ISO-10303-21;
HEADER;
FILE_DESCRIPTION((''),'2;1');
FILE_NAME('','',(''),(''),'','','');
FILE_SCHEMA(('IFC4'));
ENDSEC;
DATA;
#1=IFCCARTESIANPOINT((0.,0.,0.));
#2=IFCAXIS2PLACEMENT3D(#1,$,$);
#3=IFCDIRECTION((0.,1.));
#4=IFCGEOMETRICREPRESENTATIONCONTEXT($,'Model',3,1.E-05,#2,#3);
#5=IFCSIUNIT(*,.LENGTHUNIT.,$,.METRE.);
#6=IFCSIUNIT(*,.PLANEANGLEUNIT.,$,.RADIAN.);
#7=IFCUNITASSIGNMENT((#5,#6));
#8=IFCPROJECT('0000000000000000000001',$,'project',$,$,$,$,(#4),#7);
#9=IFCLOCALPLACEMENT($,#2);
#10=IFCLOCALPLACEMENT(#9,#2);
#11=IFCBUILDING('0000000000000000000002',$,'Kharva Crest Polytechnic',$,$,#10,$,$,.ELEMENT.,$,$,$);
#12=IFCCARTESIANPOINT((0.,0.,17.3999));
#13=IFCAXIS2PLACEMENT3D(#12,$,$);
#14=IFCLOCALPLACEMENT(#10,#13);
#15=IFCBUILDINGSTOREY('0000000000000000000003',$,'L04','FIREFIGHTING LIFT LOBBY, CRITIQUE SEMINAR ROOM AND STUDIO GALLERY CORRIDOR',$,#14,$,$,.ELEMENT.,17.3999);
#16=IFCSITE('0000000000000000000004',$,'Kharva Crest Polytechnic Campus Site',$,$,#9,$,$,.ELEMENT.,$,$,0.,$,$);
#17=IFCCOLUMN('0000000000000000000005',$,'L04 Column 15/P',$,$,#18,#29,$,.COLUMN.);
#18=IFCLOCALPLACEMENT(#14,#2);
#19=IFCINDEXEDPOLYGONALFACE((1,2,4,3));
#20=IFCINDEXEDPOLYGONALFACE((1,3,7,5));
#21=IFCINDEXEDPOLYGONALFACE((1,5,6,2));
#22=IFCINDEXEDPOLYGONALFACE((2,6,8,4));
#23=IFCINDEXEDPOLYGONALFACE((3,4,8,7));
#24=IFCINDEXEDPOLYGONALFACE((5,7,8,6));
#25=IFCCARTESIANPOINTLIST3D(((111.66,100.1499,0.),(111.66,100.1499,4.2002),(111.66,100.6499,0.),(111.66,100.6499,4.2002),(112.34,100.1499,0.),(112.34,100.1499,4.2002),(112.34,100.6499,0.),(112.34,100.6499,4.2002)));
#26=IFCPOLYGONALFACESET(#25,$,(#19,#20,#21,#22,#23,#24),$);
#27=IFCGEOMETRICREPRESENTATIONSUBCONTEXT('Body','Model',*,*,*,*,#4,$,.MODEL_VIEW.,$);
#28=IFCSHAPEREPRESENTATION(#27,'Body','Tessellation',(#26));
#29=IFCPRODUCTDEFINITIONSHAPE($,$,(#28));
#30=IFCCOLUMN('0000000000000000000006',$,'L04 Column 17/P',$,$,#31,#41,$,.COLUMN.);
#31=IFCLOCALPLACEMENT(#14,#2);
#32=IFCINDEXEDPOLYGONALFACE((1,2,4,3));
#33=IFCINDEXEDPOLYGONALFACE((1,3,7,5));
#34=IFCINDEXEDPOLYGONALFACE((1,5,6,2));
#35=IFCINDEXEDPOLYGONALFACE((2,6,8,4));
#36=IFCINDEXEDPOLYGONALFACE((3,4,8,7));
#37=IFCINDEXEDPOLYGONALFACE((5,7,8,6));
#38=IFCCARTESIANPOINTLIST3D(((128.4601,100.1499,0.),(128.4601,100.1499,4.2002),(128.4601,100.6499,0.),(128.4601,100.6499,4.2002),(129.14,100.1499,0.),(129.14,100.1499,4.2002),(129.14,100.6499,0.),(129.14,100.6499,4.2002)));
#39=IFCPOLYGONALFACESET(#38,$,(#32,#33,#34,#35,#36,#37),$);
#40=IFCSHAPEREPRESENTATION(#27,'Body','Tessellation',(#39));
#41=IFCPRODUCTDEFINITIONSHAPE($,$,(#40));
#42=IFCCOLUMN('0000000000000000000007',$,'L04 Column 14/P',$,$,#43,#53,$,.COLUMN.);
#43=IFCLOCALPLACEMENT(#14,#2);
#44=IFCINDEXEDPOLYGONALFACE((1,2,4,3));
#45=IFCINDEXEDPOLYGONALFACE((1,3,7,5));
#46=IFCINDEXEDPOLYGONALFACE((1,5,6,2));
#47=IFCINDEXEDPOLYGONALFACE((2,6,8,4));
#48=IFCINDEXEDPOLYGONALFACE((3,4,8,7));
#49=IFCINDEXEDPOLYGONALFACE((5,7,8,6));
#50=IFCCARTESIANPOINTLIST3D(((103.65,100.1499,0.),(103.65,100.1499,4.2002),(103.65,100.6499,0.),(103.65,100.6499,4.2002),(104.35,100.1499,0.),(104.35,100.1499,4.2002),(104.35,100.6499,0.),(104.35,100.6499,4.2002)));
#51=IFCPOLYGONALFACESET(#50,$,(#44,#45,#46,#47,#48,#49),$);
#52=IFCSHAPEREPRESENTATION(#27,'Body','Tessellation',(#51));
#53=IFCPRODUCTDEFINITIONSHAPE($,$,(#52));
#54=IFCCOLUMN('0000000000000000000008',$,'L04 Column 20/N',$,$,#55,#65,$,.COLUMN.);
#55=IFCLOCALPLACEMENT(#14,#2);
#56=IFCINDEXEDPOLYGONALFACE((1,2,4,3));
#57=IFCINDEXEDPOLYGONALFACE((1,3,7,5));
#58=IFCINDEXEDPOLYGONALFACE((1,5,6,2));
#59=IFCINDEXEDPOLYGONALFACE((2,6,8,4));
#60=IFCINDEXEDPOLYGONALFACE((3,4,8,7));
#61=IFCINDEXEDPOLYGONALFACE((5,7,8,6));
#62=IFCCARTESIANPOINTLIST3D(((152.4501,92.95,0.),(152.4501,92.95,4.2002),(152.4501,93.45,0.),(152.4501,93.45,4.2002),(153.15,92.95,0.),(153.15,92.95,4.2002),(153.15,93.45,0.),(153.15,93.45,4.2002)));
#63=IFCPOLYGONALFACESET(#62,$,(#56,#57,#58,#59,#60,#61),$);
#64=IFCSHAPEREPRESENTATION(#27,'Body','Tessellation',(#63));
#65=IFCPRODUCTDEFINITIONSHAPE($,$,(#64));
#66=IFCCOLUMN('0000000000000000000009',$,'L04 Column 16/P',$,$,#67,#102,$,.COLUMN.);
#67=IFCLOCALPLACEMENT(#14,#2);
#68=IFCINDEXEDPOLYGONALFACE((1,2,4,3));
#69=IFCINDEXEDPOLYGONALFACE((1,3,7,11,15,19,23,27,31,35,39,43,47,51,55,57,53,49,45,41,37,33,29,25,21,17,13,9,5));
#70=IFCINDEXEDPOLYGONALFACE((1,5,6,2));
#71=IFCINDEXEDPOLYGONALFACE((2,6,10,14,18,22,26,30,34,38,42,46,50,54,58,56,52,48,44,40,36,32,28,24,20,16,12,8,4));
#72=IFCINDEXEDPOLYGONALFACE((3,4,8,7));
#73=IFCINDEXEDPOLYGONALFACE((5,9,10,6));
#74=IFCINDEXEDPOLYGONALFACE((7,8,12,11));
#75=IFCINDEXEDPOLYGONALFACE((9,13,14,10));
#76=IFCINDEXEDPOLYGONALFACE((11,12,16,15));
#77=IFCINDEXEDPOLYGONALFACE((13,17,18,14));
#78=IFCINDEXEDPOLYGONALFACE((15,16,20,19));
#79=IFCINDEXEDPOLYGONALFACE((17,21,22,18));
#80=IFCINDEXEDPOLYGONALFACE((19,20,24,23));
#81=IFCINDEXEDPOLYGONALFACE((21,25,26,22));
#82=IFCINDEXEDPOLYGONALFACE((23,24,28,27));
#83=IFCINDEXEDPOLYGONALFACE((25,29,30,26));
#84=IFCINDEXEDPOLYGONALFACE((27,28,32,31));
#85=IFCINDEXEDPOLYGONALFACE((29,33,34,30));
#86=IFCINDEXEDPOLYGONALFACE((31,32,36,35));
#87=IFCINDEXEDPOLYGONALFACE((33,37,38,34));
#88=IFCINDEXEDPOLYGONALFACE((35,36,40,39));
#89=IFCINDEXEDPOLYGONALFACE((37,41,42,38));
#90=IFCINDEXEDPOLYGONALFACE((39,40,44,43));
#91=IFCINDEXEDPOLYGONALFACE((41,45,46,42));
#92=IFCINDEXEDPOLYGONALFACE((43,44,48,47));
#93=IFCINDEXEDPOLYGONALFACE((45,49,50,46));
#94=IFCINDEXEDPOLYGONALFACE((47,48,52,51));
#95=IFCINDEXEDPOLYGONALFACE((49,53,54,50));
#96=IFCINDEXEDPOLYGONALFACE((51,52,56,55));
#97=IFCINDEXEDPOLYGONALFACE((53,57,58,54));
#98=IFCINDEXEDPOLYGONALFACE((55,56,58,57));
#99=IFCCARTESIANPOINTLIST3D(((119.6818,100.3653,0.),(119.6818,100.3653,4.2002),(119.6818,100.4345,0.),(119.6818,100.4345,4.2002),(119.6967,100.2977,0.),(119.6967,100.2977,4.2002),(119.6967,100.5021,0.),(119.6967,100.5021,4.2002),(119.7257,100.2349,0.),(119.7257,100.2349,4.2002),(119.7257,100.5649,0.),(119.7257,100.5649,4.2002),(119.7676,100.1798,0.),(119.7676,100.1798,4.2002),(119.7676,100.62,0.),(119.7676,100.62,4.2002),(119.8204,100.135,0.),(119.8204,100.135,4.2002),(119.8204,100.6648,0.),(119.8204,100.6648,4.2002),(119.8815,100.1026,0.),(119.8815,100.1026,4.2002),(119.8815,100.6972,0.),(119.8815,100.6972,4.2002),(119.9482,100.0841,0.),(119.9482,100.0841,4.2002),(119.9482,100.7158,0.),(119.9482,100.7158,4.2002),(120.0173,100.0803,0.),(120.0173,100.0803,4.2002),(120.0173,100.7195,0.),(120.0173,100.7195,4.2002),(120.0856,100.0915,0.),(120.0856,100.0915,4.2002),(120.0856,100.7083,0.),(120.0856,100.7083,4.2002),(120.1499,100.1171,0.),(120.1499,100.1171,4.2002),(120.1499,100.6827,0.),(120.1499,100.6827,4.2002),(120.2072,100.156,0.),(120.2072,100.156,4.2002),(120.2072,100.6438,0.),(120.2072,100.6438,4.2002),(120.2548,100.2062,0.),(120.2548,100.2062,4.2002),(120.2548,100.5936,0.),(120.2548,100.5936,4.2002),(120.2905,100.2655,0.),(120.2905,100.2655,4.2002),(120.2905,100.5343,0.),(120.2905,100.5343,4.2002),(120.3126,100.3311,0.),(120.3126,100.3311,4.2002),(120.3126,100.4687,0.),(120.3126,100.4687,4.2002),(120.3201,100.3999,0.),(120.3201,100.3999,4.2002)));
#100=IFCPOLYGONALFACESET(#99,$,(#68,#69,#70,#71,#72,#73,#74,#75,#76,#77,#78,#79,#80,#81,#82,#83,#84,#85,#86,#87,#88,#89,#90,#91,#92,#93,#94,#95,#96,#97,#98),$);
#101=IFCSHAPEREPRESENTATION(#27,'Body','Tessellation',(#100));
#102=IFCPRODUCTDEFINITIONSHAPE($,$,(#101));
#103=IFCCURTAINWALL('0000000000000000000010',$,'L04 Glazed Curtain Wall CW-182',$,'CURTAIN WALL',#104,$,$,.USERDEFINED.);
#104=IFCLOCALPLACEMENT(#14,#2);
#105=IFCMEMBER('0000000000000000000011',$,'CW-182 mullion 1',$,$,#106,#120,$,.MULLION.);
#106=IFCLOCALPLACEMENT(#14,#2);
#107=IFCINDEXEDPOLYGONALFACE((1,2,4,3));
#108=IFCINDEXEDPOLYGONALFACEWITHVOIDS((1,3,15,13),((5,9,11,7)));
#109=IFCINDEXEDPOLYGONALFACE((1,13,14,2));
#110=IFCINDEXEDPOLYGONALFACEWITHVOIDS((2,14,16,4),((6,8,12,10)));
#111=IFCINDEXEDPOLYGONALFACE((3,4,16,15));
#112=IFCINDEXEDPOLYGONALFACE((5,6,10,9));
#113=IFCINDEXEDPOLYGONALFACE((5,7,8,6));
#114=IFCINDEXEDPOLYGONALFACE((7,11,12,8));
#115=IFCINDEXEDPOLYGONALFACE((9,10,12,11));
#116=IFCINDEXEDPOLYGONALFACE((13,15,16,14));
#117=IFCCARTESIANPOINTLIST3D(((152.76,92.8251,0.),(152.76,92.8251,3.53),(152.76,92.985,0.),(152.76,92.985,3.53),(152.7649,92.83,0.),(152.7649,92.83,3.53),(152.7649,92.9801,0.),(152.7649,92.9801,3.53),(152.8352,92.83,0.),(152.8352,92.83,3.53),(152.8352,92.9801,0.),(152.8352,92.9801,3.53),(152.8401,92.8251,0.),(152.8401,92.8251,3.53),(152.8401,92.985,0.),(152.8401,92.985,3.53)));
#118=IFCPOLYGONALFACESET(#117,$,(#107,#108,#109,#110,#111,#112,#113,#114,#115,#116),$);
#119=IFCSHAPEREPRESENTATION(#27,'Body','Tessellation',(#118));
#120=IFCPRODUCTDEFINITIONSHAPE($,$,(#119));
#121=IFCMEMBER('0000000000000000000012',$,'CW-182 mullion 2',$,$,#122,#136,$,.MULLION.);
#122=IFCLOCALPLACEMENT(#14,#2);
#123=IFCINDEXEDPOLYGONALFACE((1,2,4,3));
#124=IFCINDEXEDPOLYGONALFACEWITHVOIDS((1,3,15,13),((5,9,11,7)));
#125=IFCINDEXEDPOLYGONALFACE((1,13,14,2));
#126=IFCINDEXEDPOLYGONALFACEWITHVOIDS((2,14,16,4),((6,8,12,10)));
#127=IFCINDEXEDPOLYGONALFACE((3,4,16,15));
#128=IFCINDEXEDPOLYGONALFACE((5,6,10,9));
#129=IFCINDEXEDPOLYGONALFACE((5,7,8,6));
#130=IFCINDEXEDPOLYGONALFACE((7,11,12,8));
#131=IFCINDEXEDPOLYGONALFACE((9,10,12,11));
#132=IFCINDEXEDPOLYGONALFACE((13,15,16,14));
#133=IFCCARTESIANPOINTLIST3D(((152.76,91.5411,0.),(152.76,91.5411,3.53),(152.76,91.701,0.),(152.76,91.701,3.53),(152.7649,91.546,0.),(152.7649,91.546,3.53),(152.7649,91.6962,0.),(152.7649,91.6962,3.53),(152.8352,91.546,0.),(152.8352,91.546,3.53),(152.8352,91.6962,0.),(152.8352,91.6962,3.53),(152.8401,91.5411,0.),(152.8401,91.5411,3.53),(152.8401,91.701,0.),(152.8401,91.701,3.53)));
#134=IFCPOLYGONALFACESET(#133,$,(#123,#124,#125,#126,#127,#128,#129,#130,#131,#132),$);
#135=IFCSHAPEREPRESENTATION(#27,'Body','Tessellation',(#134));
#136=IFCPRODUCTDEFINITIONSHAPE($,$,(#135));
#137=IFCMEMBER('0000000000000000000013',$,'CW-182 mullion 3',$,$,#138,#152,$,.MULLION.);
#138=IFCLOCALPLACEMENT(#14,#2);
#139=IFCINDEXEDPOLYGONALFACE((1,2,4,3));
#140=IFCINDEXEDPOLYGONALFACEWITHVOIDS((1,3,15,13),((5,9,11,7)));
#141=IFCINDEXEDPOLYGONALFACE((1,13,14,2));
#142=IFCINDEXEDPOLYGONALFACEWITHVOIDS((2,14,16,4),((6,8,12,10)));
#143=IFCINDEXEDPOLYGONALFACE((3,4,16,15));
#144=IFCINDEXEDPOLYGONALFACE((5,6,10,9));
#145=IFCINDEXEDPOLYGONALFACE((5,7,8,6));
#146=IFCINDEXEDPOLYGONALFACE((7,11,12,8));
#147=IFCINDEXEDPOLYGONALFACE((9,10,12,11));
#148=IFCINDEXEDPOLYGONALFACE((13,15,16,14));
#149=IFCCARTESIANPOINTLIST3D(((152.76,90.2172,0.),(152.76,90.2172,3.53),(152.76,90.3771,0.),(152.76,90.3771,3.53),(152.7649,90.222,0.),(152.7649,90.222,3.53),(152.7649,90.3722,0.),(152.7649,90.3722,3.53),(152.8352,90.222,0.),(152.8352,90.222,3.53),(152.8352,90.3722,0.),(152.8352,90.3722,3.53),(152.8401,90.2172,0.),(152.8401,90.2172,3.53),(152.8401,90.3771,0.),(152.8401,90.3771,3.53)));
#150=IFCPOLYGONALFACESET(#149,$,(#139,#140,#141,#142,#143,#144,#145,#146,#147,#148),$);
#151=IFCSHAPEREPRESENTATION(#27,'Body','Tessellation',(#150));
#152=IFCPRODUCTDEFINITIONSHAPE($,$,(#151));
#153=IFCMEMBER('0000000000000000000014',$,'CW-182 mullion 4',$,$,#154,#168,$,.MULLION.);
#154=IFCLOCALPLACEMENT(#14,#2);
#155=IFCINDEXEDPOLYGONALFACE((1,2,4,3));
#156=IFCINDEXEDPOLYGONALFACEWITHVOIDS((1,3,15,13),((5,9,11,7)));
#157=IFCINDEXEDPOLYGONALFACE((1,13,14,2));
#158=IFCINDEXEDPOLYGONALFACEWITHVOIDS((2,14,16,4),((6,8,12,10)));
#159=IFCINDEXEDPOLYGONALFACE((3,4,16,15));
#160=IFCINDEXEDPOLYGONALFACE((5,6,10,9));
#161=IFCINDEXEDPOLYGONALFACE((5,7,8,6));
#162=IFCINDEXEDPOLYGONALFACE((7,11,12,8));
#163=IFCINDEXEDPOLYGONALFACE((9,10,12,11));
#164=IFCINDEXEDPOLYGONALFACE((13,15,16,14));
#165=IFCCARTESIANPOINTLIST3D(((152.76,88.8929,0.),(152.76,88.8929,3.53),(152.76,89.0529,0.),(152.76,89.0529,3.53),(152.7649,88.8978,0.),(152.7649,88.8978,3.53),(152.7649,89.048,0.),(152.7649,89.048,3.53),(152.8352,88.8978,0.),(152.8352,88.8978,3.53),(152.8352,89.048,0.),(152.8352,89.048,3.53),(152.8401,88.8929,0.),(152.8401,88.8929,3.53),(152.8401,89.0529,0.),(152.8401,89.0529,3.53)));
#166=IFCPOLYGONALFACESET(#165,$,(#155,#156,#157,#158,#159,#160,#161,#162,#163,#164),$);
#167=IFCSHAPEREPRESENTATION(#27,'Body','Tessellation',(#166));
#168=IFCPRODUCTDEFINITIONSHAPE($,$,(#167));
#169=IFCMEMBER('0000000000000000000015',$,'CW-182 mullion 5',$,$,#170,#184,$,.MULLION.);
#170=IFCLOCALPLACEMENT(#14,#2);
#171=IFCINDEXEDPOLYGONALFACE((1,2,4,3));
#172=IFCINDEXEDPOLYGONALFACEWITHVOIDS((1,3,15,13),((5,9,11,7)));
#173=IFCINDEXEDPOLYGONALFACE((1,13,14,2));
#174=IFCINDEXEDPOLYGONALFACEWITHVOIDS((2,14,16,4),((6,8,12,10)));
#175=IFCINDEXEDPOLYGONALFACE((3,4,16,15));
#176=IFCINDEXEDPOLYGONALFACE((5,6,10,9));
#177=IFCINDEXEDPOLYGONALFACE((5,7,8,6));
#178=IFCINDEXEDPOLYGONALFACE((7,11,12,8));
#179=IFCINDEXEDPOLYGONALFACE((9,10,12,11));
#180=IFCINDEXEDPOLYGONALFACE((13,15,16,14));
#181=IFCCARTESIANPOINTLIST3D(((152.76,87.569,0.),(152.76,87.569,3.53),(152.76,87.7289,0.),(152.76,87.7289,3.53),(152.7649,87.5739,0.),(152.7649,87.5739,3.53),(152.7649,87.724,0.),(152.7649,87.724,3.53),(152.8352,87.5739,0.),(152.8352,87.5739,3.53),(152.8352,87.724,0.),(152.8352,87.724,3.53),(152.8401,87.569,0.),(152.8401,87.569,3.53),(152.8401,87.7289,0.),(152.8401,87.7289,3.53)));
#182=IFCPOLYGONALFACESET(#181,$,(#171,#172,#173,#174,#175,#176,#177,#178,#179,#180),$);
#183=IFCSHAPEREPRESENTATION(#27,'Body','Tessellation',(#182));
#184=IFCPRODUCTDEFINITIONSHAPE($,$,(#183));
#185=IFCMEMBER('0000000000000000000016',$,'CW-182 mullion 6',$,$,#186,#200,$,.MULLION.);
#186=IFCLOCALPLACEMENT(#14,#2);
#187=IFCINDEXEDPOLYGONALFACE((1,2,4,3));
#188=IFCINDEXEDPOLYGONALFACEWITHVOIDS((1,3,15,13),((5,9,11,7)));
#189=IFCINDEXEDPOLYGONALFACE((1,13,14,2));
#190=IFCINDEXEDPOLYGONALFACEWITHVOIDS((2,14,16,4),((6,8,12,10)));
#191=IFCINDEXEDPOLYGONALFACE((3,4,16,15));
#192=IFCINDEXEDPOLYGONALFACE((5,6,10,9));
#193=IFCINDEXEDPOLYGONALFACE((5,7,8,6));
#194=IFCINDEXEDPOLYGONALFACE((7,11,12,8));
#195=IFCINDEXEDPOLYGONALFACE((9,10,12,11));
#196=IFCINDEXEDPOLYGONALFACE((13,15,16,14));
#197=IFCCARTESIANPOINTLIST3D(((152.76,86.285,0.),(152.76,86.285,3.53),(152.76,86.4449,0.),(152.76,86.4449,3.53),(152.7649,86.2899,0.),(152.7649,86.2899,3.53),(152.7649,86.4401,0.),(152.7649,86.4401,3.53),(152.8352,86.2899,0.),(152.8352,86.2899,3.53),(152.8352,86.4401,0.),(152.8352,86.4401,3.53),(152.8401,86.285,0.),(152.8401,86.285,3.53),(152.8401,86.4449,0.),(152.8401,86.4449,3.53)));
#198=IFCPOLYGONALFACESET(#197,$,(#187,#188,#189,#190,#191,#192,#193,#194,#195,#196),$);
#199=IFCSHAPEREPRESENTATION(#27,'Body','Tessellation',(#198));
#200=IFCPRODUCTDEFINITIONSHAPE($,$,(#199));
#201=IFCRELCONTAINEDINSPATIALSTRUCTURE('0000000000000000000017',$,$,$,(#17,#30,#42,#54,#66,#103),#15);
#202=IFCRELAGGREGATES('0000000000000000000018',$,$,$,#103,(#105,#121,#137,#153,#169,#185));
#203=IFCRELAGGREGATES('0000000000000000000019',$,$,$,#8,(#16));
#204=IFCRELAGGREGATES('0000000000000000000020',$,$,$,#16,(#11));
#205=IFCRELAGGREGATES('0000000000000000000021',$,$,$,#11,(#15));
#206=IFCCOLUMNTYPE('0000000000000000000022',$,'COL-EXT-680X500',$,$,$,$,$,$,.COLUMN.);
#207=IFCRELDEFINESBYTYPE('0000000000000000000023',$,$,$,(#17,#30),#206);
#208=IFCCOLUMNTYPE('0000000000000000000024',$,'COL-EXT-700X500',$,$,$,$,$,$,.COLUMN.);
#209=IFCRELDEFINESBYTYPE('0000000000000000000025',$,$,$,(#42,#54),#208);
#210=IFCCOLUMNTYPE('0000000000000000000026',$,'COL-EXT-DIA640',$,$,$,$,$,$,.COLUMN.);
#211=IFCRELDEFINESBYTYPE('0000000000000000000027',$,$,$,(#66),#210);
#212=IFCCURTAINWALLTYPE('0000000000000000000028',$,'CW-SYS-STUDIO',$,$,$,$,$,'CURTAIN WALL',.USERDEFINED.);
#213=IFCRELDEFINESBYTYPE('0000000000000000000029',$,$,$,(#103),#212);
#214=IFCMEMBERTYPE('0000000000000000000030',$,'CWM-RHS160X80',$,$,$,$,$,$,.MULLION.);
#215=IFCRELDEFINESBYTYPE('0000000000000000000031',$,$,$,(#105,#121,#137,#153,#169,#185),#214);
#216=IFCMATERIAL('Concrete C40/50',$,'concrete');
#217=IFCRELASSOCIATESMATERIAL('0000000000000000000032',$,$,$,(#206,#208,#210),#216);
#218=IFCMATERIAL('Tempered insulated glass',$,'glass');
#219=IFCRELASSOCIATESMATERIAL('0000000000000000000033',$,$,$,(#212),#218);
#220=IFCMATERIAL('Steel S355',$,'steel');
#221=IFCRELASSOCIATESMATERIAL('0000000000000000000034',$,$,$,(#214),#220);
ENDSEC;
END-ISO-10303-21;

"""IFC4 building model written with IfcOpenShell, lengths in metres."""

from ifc_helpers import new_model, si_unit, direction, frame, origin, origin_2d, place, context, subcontext, project, spatial, rectangle, hollow_rectangle, circle, extrude, material, material_profile, profile_set, type_object, element, aggregate, save


model = new_model("IFC4")

# Units and contexts
model_context = context("Model", 3, precision=1e-05, world=origin(), true_north=direction((0.0, 1.0)))
body_context = subcontext(model_context, "Body", "Model", "MODEL_VIEW")
ifc_project = project(units=[si_unit("LENGTHUNIT", "METRE"), si_unit("PLANEANGLEUNIT", "RADIAN")], contexts=[model_context])

# Site, building, storey
site_placement = place(None, origin())
site = spatial("IfcSite", under=ifc_project, at=site_placement, Name="Kharva Crest Polytechnic Campus Site", CompositionType="ELEMENT", RefElevation=0.0)
building_placement = place(site_placement, origin())
building = spatial("IfcBuilding", under=site, at=building_placement, Name="Kharva Crest Polytechnic", CompositionType="ELEMENT")
storey_placement = place(building_placement, frame((0.0, 0.0, 17.3999)))
storey = spatial("IfcBuildingStorey", under=building, at=storey_placement, Name="L04", Description="FIREFIGHTING LIFT LOBBY, CRITIQUE SEMINAR ROOM AND STUDIO GALLERY CORRIDOR", CompositionType="ELEMENT", Elevation=17.3999)

# Columns
ifc_material_1 = material(Name="Concrete C40/50", Category="concrete")
ifc_material_profile_1 = material_profile(ifc_material_1, rectangle(XDim=0.6799, YDim=0.5, at=origin_2d()), Name="RECT 680 X 500")
ifc_profile_set_1 = profile_set([ifc_material_profile_1], Name="Concrete C40/50")
column_type_1 = type_object("IfcColumnType", Name="COL-EXT-680X500", PredefinedType="COLUMN", material=ifc_profile_set_1)
for number, where, z_axis, x_axis, name in (
    (1, (112.0, 100.3999, 0.0), (0.0, 0.0, 1.0), (1.0, 0.0, 0.0), "L04 Column 15/P"),
    (2, (128.8, 100.3999, 0.0), (0.0, 0.0, 1.0), (1.0, 0.0, 0.0), "L04 Column 17/P"),
):
    element("IfcColumn", number, at=place(storey_placement, frame(where, z_axis=z_axis, x_axis=x_axis)), inside=storey, type_object=column_type_1, Name=name, PredefinedType="COLUMN", context=body_context, shape_type="SweptSolid", body=[
        extrude(rectangle(XDim=0.6799, YDim=0.5, at=origin_2d()), origin(), (0.0, 0.0, 1.0), 4.2002),
    ])
ifc_material_profile_2 = material_profile(ifc_material_1, rectangle(XDim=0.7, YDim=0.5, at=origin_2d()), Name="RECT 700 X 500")
ifc_profile_set_2 = profile_set([ifc_material_profile_2], Name="Concrete C40/50")
column_type_2 = type_object("IfcColumnType", Name="COL-EXT-700X500", PredefinedType="COLUMN", material=ifc_profile_set_2)
for number, where, z_axis, x_axis, name in (
    (3, (104.0, 100.3999, 0.0), (0.0, 0.0, 1.0), (1.0, 0.0, 0.0), "L04 Column 14/P"),
    (4, (152.8, 93.2, 0.0), (0.0, 0.0, 1.0), (1.0, 0.0, 0.0), "L04 Column 20/N"),
):
    element("IfcColumn", number, at=place(storey_placement, frame(where, z_axis=z_axis, x_axis=x_axis)), inside=storey, type_object=column_type_2, Name=name, PredefinedType="COLUMN", context=body_context, shape_type="SweptSolid", body=[
        extrude(rectangle(XDim=0.7, YDim=0.5, at=origin_2d()), origin(), (0.0, 0.0, 1.0), 4.2002),
    ])
ifc_material_profile_3 = material_profile(ifc_material_1, circle(Radius=0.3201, at=origin_2d()), Name="DIA 640")
ifc_profile_set_3 = profile_set([ifc_material_profile_3], Name="Concrete C40/50")
column_type_3 = type_object("IfcColumnType", Name="COL-EXT-DIA640", PredefinedType="COLUMN", material=ifc_profile_set_3)
column_placement = place(storey_placement, frame((120.0, 100.3999, 0.0), z_axis=(0.0, 0.0, 1.0), x_axis=(1.0, 0.0, 0.0)))
element("IfcColumn", 5, at=column_placement, inside=storey, type_object=column_type_3, Name="L04 Column 16/P", PredefinedType="COLUMN", context=body_context, shape_type="SweptSolid", body=[
    extrude(circle(Radius=0.3201, at=origin_2d()), origin(), (0.0, 0.0, 1.0), 4.2002),
])

# Curtain wall, members
ifc_material_2 = material(Name="Tempered insulated glass", Category="glass")
curtain_wall_type = type_object("IfcCurtainWallType", Name="CW-SYS-STUDIO", ElementType="CURTAIN WALL", PredefinedType="USERDEFINED", material=ifc_material_2)
curtain_wall_placement = place(storey_placement, origin())
curtain_wall = element("IfcCurtainWall", 6, at=curtain_wall_placement, inside=storey, type_object=curtain_wall_type, Name="L04 Glazed Curtain Wall CW-182", ObjectType="CURTAIN WALL", PredefinedType="USERDEFINED")
ifc_material_3 = material(Name="Steel S355", Category="steel")
ifc_material_profile_4 = material_profile(ifc_material_3, hollow_rectangle(XDim=0.0801, YDim=0.1599, WallThickness=0.0049, at=origin_2d()), Name="RHS 160X80X5.0")
ifc_profile_set_4 = profile_set([ifc_material_profile_4], Name="Steel S355")
member_type = type_object("IfcMemberType", Name="CWM-RHS160X80", PredefinedType="MULLION", material=ifc_profile_set_4)
member_1_placement = place(storey_placement, frame((152.8, 92.905, 0.0), z_axis=(0.0, 0.0, 1.0), x_axis=(1.0, 0.0, 0.0)))
member_1 = element("IfcMember", 7, at=member_1_placement, type_object=member_type, Name="CW-182 mullion 1", PredefinedType="MULLION", context=body_context, shape_type="SweptSolid", body=[
    extrude(hollow_rectangle(XDim=0.0801, YDim=0.1599, WallThickness=0.0049, at=origin_2d()), origin(), (0.0, 0.0, 1.0), 3.53),
])
member_2_placement = place(storey_placement, frame((152.8, 91.6211, 0.0), z_axis=(0.0, 0.0, 1.0), x_axis=(1.0, 0.0, 0.0)))
member_2 = element("IfcMember", 8, at=member_2_placement, type_object=member_type, Name="CW-182 mullion 2", PredefinedType="MULLION", context=body_context, shape_type="SweptSolid", body=[
    extrude(hollow_rectangle(XDim=0.0801, YDim=0.1599, WallThickness=0.0049, at=origin_2d()), origin(), (0.0, 0.0, 1.0), 3.53),
])
member_3_placement = place(storey_placement, frame((152.8, 90.2971, 0.0), z_axis=(0.0, 0.0, 1.0), x_axis=(1.0, 0.0, 0.0)))
member_3 = element("IfcMember", 9, at=member_3_placement, type_object=member_type, Name="CW-182 mullion 3", PredefinedType="MULLION", context=body_context, shape_type="SweptSolid", body=[
    extrude(hollow_rectangle(XDim=0.0801, YDim=0.1599, WallThickness=0.0049, at=origin_2d()), origin(), (0.0, 0.0, 1.0), 3.53),
])
member_4_placement = place(storey_placement, frame((152.8, 88.9729, 0.0), z_axis=(0.0, 0.0, 1.0), x_axis=(1.0, 0.0, 0.0)))
member_4 = element("IfcMember", 10, at=member_4_placement, type_object=member_type, Name="CW-182 mullion 4", PredefinedType="MULLION", context=body_context, shape_type="SweptSolid", body=[
    extrude(hollow_rectangle(XDim=0.0801, YDim=0.1599, WallThickness=0.0049, at=origin_2d()), origin(), (0.0, 0.0, 1.0), 3.53),
])
member_5_placement = place(storey_placement, frame((152.8, 87.6489, 0.0), z_axis=(0.0, 0.0, 1.0), x_axis=(1.0, 0.0, 0.0)))
member_5 = element("IfcMember", 11, at=member_5_placement, type_object=member_type, Name="CW-182 mullion 5", PredefinedType="MULLION", context=body_context, shape_type="SweptSolid", body=[
    extrude(hollow_rectangle(XDim=0.0801, YDim=0.1599, WallThickness=0.0049, at=origin_2d()), origin(), (0.0, 0.0, 1.0), 3.53),
])
member_6_placement = place(storey_placement, frame((152.8, 86.365, 0.0), z_axis=(0.0, 0.0, 1.0), x_axis=(1.0, 0.0, 0.0)))
member_6 = element("IfcMember", 12, at=member_6_placement, type_object=member_type, Name="CW-182 mullion 6", PredefinedType="MULLION", context=body_context, shape_type="SweptSolid", body=[
    extrude(hollow_rectangle(XDim=0.0801, YDim=0.1599, WallThickness=0.0049, at=origin_2d()), origin(), (0.0, 0.0, 1.0), 3.53),
])
aggregate(curtain_wall, [member_1, member_2, member_3, member_4, member_5, member_6])

save(model, "model.ifc")
